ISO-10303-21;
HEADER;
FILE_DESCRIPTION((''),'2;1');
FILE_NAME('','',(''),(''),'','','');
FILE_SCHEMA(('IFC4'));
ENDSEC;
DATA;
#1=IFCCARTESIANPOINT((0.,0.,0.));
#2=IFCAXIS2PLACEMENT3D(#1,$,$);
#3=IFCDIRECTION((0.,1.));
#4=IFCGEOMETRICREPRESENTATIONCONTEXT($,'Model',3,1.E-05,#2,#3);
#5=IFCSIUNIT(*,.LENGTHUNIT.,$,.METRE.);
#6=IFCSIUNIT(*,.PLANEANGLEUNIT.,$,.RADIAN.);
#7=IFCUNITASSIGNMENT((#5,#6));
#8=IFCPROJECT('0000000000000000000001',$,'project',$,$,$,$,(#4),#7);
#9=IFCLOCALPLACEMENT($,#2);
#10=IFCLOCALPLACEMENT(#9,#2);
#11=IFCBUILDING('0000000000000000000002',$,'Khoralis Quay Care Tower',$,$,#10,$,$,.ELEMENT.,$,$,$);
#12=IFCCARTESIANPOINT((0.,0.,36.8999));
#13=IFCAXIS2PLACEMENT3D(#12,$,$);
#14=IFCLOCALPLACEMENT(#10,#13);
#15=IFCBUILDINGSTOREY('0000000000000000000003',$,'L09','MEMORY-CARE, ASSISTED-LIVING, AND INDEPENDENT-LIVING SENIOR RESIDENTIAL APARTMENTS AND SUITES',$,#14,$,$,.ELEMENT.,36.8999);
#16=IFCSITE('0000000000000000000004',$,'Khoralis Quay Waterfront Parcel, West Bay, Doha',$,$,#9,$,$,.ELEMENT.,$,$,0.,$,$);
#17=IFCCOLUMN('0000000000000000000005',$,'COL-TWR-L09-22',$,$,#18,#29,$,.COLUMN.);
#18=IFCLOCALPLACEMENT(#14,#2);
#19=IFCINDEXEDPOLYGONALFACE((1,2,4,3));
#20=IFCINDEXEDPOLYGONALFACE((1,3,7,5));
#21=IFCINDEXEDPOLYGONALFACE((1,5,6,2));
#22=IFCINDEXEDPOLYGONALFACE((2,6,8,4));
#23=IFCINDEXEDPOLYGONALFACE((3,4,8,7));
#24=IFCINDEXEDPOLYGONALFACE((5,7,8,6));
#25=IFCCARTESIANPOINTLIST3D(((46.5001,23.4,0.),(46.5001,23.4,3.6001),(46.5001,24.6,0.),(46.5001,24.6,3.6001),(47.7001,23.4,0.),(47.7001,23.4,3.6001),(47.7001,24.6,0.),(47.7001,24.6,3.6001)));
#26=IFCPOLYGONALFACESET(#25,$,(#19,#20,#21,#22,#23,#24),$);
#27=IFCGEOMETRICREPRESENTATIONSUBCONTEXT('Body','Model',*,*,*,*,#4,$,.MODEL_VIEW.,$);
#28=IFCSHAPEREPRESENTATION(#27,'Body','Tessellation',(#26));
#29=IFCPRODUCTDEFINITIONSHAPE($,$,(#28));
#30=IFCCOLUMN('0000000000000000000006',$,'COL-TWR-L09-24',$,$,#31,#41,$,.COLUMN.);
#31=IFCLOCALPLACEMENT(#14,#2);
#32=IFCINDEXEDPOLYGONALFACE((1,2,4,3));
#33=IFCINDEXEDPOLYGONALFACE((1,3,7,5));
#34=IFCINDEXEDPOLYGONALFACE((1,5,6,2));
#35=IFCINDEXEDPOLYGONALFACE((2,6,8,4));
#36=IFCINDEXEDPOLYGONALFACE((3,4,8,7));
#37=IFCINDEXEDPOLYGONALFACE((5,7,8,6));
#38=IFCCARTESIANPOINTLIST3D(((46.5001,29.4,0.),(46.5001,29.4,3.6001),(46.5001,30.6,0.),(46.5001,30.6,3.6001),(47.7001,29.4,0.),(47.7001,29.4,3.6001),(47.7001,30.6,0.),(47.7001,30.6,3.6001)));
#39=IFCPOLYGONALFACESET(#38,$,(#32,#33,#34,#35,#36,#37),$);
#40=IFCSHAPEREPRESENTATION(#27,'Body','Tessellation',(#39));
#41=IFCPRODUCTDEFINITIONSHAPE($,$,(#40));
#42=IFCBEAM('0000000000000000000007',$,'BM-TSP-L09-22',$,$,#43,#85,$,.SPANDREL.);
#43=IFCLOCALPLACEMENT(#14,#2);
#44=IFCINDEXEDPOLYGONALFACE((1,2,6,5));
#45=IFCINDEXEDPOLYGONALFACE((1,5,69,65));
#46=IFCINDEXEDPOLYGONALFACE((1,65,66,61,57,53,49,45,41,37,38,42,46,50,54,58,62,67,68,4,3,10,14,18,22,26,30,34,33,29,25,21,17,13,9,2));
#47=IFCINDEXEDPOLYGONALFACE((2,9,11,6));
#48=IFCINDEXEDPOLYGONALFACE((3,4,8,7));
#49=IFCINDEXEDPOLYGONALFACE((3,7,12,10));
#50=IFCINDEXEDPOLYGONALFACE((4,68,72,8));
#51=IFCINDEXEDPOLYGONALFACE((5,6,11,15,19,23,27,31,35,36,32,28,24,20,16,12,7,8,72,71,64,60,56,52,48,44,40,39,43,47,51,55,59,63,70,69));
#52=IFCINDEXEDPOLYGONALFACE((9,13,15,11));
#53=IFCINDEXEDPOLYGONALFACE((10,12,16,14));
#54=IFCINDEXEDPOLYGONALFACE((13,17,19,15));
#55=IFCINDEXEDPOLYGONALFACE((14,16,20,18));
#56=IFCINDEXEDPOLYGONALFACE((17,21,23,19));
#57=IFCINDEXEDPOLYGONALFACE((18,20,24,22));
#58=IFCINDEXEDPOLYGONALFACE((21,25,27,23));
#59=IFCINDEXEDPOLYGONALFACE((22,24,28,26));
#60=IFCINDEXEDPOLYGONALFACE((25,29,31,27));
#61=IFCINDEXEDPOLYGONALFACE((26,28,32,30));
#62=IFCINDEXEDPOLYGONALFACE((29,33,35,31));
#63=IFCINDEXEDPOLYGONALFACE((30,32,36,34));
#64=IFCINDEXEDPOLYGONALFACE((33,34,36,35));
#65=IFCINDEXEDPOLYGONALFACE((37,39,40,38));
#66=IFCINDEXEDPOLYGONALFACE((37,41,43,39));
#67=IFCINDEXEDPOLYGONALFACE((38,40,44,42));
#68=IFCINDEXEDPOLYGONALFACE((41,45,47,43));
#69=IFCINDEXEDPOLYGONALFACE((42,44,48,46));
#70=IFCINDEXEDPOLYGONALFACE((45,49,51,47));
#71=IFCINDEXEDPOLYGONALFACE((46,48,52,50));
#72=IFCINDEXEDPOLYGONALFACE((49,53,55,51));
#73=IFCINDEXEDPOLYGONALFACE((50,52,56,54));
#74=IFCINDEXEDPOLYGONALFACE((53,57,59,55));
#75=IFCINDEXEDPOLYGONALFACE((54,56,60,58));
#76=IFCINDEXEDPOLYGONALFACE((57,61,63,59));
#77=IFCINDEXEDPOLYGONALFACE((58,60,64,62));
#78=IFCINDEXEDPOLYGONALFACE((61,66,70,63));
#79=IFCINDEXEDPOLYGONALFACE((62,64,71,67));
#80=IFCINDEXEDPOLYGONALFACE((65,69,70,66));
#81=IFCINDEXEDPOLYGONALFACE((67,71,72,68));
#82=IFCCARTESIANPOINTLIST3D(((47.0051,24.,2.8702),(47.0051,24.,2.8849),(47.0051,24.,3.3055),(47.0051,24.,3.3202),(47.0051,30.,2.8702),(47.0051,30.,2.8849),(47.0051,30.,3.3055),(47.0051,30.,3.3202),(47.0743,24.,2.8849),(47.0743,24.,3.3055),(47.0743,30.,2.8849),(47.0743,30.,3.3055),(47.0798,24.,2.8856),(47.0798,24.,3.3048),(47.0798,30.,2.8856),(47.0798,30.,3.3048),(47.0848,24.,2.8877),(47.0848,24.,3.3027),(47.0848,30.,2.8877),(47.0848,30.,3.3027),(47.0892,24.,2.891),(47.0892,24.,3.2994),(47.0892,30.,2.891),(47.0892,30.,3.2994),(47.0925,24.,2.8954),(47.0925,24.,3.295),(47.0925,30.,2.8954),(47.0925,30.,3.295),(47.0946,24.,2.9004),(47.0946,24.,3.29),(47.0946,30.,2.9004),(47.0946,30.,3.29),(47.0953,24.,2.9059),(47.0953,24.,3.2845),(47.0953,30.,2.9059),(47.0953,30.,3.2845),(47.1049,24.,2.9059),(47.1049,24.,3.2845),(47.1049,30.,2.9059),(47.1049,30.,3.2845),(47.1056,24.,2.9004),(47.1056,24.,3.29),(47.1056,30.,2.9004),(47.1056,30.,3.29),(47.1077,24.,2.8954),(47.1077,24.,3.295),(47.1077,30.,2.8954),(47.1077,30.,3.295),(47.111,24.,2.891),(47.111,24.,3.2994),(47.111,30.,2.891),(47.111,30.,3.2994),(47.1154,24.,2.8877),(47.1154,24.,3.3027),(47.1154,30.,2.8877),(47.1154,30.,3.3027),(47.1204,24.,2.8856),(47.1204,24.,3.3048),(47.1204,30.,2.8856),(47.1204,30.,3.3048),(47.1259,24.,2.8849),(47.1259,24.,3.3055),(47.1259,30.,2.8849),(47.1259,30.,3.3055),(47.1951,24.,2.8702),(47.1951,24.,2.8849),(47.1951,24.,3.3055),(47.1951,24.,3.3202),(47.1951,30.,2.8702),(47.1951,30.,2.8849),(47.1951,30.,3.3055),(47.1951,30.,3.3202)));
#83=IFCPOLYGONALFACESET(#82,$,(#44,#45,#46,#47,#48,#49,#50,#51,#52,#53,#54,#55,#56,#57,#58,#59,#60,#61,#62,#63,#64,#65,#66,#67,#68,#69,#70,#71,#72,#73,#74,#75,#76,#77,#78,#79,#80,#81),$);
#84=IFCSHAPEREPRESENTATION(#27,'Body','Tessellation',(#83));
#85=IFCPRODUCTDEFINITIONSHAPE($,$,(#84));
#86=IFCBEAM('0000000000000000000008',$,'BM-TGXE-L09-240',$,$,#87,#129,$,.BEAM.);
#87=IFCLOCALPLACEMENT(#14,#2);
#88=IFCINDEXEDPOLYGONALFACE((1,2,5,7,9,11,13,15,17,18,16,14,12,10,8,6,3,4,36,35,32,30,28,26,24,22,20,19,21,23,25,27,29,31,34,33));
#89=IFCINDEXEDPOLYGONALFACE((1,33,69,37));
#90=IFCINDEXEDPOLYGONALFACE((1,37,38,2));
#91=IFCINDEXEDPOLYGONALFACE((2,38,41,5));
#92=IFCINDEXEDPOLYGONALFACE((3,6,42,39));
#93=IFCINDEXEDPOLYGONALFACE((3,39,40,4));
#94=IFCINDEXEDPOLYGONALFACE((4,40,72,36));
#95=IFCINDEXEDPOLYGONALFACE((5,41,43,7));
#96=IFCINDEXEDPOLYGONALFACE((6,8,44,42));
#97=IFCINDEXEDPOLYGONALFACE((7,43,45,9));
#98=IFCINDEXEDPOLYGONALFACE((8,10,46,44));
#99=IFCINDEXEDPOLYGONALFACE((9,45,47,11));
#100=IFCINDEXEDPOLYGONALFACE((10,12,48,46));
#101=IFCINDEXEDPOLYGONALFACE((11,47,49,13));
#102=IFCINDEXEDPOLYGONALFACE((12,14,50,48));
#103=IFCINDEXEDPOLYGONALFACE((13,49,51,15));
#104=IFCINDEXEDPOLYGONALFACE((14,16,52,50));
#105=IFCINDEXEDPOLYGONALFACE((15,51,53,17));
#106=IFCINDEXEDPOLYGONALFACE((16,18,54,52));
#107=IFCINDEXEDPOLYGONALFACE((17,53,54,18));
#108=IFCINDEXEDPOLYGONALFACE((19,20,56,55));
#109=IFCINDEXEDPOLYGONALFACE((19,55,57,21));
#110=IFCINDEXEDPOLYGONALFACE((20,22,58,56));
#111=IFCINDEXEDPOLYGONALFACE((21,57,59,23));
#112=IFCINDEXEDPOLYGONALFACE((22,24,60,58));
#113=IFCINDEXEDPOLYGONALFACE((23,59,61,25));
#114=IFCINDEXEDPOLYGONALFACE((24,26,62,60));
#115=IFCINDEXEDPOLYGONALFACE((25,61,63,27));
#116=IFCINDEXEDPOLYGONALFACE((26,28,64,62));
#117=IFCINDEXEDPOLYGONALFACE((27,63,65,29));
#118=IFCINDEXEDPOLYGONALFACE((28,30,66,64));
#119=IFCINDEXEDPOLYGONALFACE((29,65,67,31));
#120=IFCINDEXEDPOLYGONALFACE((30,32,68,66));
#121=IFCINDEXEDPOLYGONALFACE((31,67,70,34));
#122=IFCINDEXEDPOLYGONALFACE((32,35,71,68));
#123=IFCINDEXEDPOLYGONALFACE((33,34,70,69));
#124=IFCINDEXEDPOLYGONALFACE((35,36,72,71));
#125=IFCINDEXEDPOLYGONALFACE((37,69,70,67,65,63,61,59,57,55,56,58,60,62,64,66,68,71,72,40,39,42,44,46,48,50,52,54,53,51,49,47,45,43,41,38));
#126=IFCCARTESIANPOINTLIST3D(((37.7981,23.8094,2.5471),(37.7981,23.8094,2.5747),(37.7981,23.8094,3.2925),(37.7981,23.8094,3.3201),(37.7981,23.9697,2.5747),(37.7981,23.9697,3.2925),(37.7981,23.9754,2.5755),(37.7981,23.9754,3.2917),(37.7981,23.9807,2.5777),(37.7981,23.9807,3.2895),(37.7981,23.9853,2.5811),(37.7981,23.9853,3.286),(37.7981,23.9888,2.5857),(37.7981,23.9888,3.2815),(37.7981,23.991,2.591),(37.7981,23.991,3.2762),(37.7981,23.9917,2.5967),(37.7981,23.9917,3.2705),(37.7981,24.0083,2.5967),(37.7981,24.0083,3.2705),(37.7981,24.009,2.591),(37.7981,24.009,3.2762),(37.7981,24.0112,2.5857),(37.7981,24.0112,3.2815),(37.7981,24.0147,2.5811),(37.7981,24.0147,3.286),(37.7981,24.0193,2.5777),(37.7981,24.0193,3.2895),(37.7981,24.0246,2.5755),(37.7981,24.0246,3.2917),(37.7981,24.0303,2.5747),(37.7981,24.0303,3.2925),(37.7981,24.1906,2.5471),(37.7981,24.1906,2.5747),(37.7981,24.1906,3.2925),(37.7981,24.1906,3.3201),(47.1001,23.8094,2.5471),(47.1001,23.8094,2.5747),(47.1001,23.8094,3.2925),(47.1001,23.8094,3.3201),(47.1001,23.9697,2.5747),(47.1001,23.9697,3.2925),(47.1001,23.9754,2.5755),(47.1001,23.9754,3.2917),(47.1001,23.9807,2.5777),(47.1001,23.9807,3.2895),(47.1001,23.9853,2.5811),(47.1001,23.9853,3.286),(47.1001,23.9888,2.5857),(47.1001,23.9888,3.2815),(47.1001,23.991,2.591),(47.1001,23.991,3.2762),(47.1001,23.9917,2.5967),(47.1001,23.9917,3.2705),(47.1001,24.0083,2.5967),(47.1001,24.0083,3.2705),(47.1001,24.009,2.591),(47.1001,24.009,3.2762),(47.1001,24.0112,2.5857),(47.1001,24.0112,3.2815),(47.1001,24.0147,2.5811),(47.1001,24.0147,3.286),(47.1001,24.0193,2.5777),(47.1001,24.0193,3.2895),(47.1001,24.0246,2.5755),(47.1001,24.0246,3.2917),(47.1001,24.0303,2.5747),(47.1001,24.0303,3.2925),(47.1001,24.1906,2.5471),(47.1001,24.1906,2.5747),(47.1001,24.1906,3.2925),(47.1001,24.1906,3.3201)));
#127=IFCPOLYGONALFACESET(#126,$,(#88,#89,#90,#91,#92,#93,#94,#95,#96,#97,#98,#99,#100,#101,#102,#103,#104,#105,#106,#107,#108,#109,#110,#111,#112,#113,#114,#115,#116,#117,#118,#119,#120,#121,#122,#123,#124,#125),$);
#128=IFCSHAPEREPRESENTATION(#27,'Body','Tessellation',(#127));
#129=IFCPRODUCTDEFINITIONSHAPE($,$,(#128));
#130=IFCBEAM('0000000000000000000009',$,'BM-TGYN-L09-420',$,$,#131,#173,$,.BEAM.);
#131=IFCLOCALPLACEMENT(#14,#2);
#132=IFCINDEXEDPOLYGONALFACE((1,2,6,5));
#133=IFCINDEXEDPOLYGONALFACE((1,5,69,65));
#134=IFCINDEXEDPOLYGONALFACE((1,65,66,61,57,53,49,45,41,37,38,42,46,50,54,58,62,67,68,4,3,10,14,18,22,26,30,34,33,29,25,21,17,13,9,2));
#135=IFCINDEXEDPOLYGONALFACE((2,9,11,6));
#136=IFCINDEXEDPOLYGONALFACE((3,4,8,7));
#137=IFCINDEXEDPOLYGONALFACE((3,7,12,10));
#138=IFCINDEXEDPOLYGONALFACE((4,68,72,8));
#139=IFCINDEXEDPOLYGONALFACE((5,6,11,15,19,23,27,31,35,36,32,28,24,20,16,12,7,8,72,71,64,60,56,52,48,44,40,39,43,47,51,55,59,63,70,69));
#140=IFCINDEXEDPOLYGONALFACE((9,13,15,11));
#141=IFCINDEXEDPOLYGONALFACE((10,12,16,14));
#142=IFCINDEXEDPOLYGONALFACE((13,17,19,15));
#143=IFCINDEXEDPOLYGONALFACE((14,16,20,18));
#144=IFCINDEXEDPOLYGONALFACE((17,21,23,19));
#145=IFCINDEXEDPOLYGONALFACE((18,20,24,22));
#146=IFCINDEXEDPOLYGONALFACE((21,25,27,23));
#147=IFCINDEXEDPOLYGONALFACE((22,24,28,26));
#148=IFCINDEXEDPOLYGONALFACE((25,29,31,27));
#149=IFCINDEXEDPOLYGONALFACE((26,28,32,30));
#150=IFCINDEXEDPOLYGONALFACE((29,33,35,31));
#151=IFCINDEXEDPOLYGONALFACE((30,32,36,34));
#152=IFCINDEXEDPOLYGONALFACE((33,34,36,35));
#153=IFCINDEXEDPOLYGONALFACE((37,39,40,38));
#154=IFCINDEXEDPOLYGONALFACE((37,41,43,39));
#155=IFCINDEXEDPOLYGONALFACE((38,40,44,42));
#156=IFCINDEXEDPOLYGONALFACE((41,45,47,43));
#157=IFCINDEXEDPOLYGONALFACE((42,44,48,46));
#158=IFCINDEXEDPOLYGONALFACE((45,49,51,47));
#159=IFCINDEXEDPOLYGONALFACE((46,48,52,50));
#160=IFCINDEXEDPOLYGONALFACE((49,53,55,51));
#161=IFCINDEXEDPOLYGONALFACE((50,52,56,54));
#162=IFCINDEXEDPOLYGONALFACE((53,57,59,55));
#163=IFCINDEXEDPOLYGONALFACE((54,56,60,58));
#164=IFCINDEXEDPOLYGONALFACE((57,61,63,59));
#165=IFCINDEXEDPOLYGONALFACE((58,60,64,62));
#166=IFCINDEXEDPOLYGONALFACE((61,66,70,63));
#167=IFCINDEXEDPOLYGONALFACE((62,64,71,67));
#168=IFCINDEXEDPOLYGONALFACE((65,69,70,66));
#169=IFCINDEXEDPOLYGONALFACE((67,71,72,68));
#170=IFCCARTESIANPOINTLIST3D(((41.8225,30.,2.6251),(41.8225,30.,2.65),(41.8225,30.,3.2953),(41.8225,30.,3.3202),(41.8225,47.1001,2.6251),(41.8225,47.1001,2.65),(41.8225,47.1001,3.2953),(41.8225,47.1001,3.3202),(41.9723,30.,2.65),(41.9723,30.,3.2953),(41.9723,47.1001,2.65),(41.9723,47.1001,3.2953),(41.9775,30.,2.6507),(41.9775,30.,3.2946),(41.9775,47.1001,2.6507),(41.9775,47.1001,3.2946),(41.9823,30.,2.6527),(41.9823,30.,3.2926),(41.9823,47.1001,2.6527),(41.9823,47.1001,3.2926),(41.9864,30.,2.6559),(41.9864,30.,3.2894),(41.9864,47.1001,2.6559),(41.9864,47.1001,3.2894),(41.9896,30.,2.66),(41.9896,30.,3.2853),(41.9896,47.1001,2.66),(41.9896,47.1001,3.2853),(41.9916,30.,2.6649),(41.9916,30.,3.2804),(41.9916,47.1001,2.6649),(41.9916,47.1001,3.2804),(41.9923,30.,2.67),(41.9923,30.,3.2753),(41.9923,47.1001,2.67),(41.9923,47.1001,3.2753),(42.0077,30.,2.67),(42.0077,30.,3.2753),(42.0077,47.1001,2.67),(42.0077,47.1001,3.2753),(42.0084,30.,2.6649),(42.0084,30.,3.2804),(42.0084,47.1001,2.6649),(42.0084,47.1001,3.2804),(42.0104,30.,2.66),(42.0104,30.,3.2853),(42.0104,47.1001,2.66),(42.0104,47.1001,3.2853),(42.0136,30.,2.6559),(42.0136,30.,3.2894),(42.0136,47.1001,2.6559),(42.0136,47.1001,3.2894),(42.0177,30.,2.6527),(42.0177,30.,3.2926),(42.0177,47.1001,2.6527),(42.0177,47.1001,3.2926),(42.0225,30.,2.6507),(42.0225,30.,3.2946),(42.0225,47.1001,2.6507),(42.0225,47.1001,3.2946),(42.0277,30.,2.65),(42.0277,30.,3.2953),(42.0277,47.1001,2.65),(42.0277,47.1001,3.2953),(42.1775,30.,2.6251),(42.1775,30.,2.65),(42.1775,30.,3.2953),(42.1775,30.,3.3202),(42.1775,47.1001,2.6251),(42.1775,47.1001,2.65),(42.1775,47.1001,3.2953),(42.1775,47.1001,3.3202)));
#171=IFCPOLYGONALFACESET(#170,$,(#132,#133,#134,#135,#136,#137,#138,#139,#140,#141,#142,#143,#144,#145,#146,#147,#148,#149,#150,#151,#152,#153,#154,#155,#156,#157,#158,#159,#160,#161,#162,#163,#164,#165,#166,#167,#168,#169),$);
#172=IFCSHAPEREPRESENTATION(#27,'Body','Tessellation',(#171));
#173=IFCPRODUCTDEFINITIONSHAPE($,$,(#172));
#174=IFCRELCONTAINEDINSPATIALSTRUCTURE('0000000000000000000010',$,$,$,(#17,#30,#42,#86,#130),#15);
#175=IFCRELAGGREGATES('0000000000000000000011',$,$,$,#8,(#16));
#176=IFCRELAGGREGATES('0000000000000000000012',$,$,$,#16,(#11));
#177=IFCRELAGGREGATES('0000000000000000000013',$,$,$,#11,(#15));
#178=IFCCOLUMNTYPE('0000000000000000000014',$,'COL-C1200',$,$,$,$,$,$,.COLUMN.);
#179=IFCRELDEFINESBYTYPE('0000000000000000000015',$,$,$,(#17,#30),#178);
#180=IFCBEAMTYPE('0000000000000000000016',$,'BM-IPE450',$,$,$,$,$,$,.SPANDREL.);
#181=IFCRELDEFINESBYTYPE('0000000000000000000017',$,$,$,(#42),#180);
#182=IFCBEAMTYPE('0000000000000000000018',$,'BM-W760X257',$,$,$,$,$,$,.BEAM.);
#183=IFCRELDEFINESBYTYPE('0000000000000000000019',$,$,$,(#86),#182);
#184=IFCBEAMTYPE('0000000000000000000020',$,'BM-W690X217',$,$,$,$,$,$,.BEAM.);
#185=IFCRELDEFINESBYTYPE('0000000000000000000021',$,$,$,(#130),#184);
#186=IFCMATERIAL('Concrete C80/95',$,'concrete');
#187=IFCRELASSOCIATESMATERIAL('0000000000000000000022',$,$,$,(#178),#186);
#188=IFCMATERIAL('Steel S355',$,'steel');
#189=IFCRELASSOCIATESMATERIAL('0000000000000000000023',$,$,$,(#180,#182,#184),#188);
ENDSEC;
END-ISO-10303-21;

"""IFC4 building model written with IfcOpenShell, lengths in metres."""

from ifc_helpers import new_model, si_unit, direction, frame, origin, origin_2d, place, context, subcontext, project, spatial, rectangle, i_section, extrude, source, transform, mapped, material, material_profile, profile_set, type_object, element, save


model = new_model("IFC4")

# Units and contexts
model_context = context("Model", 3, precision=1e-05, world=origin(), true_north=direction((0.0, 1.0)))
body_context = subcontext(model_context, "Body", "Model", "MODEL_VIEW")
ifc_project = project(units=[si_unit("LENGTHUNIT", "METRE"), si_unit("PLANEANGLEUNIT", "RADIAN")], contexts=[model_context])

# Site, building, storey
site_placement = place(None, origin())
site = spatial("IfcSite", under=ifc_project, at=site_placement, Name="Khoralis Quay Waterfront Parcel, West Bay, Doha", CompositionType="ELEMENT", RefElevation=0.0)
building_placement = place(site_placement, origin())
building = spatial("IfcBuilding", under=site, at=building_placement, Name="Khoralis Quay Care Tower", CompositionType="ELEMENT")
storey_placement = place(building_placement, frame((0.0, 0.0, 36.8999)))
storey = spatial("IfcBuildingStorey", under=building, at=storey_placement, Name="L09", Description="MEMORY-CARE, ASSISTED-LIVING, AND INDEPENDENT-LIVING SENIOR RESIDENTIAL APARTMENTS AND SUITES", CompositionType="ELEMENT", Elevation=36.8999)

# Columns
ifc_material_1 = material(Name="Concrete C80/95", Category="concrete")
ifc_material_profile_1 = material_profile(ifc_material_1, rectangle(XDim=1.2, YDim=1.2, at=origin_2d()), Name="Concrete C80/95")
ifc_profile_set_1 = profile_set([ifc_material_profile_1], Name="Concrete C80/95")
column_type = type_object("IfcColumnType", Name="COL-C1200", PredefinedType="COLUMN", material=ifc_profile_set_1)
shared_shape_1 = source(origin(), body_context, "Body", "SweptSolid", [
    extrude(rectangle(XDim=1.2, YDim=1.2, at=origin_2d()), origin(), (0.0, 0.0, 1.0), 3.6001),
])
for number, where, z_axis, x_axis, name in (
    (1, (47.1001, 24.0, 0.0), (0.0, 0.0, 1.0), (1.0, 0.0, 0.0), "COL-TWR-L09-22"),
    (2, (47.1001, 30.0, 0.0), (0.0, 0.0, 1.0), (1.0, 0.0, 0.0), "COL-TWR-L09-24"),
):
    element("IfcColumn", number, at=place(storey_placement, frame(where, z_axis=z_axis, x_axis=x_axis)), inside=storey, type_object=column_type, Name=name, PredefinedType="COLUMN", context=body_context, shape_type="MappedRepresentation", body=[
        mapped(shared_shape_1, transform((0.0, 0.0, 0.0), scale=1.0)),
    ])

# Beams
ifc_material_2 = material(Name="Steel S355", Category="steel")
ifc_material_profile_2 = material_profile(ifc_material_2, i_section(OverallWidth=0.1899, OverallDepth=0.45, WebThickness=0.0095, FlangeThickness=0.0146, FilletRadius=0.021, at=origin_2d()), Name="Steel S355")
ifc_profile_set_2 = profile_set([ifc_material_profile_2], Name="Steel S355")
beam_type_1 = type_object("IfcBeamType", Name="BM-IPE450", PredefinedType="SPANDREL", material=ifc_profile_set_2)
shared_shape_2 = source(origin(), body_context, "Body", "SweptSolid", [
    extrude(i_section(OverallWidth=0.1899, OverallDepth=0.45, WebThickness=0.0095, FlangeThickness=0.0146, FilletRadius=0.021, at=origin_2d()), origin(), (0.0, 0.0, 1.0), 6.0),
])
beam_1_placement = place(storey_placement, frame((47.1001, 24.0, 3.0952), z_axis=(0.0, 1.0, 0.0), x_axis=(-1.0, 0.0, 0.0)))
element("IfcBeam", 3, at=beam_1_placement, inside=storey, type_object=beam_type_1, Name="BM-TSP-L09-22", PredefinedType="SPANDREL", context=body_context, shape_type="MappedRepresentation", body=[
    mapped(shared_shape_2, transform((0.0, 0.0, 0.0), scale=1.0)),
])
ifc_material_profile_3 = material_profile(ifc_material_2, i_section(OverallWidth=0.3811, OverallDepth=0.7729, WebThickness=0.0166, FlangeThickness=0.0276, FilletRadius=0.022, at=origin_2d()), Name="Steel S355")
ifc_profile_set_3 = profile_set([ifc_material_profile_3], Name="Steel S355")
beam_type_2 = type_object("IfcBeamType", Name="BM-W760X257", PredefinedType="BEAM", material=ifc_profile_set_3)
shared_shape_3 = source(origin(), body_context, "Body", "SweptSolid", [
    extrude(i_section(OverallWidth=0.3811, OverallDepth=0.7729, WebThickness=0.0166, FlangeThickness=0.0276, FilletRadius=0.022, at=origin_2d()), origin(), (0.0, 0.0, 1.0), 9.302),
])
beam_2_placement = place(storey_placement, frame((37.7981, 24.0, 2.9336), z_axis=(1.0, 0.0, 0.0), x_axis=(0.0, 1.0, 0.0)))
element("IfcBeam", 4, at=beam_2_placement, inside=storey, type_object=beam_type_2, Name="BM-TGXE-L09-240", PredefinedType="BEAM", context=body_context, shape_type="MappedRepresentation", body=[
    mapped(shared_shape_3, transform((0.0, 0.0, 0.0), scale=1.0)),
])
ifc_material_profile_4 = material_profile(ifc_material_2, i_section(OverallWidth=0.355, OverallDepth=0.6951, WebThickness=0.0154, FlangeThickness=0.0249, FilletRadius=0.02, at=origin_2d()), Name="Steel S355")
ifc_profile_set_4 = profile_set([ifc_material_profile_4], Name="Steel S355")
beam_type_3 = type_object("IfcBeamType", Name="BM-W690X217", PredefinedType="BEAM", material=ifc_profile_set_4)
shared_shape_4 = source(origin(), body_context, "Body", "SweptSolid", [
    extrude(i_section(OverallWidth=0.355, OverallDepth=0.6951, WebThickness=0.0154, FlangeThickness=0.0249, FilletRadius=0.02, at=origin_2d()), origin(), (0.0, 0.0, 1.0), 17.1001),
])
beam_3_placement = place(storey_placement, frame((42.0, 30.0, 2.9727), z_axis=(0.0, 1.0, 0.0), x_axis=(-1.0, 0.0, 0.0)))
element("IfcBeam", 5, at=beam_3_placement, inside=storey, type_object=beam_type_3, Name="BM-TGYN-L09-420", PredefinedType="BEAM", context=body_context, shape_type="MappedRepresentation", body=[
    mapped(shared_shape_4, transform((0.0, 0.0, 0.0), scale=1.0)),
])

save(model, "model.ifc")
